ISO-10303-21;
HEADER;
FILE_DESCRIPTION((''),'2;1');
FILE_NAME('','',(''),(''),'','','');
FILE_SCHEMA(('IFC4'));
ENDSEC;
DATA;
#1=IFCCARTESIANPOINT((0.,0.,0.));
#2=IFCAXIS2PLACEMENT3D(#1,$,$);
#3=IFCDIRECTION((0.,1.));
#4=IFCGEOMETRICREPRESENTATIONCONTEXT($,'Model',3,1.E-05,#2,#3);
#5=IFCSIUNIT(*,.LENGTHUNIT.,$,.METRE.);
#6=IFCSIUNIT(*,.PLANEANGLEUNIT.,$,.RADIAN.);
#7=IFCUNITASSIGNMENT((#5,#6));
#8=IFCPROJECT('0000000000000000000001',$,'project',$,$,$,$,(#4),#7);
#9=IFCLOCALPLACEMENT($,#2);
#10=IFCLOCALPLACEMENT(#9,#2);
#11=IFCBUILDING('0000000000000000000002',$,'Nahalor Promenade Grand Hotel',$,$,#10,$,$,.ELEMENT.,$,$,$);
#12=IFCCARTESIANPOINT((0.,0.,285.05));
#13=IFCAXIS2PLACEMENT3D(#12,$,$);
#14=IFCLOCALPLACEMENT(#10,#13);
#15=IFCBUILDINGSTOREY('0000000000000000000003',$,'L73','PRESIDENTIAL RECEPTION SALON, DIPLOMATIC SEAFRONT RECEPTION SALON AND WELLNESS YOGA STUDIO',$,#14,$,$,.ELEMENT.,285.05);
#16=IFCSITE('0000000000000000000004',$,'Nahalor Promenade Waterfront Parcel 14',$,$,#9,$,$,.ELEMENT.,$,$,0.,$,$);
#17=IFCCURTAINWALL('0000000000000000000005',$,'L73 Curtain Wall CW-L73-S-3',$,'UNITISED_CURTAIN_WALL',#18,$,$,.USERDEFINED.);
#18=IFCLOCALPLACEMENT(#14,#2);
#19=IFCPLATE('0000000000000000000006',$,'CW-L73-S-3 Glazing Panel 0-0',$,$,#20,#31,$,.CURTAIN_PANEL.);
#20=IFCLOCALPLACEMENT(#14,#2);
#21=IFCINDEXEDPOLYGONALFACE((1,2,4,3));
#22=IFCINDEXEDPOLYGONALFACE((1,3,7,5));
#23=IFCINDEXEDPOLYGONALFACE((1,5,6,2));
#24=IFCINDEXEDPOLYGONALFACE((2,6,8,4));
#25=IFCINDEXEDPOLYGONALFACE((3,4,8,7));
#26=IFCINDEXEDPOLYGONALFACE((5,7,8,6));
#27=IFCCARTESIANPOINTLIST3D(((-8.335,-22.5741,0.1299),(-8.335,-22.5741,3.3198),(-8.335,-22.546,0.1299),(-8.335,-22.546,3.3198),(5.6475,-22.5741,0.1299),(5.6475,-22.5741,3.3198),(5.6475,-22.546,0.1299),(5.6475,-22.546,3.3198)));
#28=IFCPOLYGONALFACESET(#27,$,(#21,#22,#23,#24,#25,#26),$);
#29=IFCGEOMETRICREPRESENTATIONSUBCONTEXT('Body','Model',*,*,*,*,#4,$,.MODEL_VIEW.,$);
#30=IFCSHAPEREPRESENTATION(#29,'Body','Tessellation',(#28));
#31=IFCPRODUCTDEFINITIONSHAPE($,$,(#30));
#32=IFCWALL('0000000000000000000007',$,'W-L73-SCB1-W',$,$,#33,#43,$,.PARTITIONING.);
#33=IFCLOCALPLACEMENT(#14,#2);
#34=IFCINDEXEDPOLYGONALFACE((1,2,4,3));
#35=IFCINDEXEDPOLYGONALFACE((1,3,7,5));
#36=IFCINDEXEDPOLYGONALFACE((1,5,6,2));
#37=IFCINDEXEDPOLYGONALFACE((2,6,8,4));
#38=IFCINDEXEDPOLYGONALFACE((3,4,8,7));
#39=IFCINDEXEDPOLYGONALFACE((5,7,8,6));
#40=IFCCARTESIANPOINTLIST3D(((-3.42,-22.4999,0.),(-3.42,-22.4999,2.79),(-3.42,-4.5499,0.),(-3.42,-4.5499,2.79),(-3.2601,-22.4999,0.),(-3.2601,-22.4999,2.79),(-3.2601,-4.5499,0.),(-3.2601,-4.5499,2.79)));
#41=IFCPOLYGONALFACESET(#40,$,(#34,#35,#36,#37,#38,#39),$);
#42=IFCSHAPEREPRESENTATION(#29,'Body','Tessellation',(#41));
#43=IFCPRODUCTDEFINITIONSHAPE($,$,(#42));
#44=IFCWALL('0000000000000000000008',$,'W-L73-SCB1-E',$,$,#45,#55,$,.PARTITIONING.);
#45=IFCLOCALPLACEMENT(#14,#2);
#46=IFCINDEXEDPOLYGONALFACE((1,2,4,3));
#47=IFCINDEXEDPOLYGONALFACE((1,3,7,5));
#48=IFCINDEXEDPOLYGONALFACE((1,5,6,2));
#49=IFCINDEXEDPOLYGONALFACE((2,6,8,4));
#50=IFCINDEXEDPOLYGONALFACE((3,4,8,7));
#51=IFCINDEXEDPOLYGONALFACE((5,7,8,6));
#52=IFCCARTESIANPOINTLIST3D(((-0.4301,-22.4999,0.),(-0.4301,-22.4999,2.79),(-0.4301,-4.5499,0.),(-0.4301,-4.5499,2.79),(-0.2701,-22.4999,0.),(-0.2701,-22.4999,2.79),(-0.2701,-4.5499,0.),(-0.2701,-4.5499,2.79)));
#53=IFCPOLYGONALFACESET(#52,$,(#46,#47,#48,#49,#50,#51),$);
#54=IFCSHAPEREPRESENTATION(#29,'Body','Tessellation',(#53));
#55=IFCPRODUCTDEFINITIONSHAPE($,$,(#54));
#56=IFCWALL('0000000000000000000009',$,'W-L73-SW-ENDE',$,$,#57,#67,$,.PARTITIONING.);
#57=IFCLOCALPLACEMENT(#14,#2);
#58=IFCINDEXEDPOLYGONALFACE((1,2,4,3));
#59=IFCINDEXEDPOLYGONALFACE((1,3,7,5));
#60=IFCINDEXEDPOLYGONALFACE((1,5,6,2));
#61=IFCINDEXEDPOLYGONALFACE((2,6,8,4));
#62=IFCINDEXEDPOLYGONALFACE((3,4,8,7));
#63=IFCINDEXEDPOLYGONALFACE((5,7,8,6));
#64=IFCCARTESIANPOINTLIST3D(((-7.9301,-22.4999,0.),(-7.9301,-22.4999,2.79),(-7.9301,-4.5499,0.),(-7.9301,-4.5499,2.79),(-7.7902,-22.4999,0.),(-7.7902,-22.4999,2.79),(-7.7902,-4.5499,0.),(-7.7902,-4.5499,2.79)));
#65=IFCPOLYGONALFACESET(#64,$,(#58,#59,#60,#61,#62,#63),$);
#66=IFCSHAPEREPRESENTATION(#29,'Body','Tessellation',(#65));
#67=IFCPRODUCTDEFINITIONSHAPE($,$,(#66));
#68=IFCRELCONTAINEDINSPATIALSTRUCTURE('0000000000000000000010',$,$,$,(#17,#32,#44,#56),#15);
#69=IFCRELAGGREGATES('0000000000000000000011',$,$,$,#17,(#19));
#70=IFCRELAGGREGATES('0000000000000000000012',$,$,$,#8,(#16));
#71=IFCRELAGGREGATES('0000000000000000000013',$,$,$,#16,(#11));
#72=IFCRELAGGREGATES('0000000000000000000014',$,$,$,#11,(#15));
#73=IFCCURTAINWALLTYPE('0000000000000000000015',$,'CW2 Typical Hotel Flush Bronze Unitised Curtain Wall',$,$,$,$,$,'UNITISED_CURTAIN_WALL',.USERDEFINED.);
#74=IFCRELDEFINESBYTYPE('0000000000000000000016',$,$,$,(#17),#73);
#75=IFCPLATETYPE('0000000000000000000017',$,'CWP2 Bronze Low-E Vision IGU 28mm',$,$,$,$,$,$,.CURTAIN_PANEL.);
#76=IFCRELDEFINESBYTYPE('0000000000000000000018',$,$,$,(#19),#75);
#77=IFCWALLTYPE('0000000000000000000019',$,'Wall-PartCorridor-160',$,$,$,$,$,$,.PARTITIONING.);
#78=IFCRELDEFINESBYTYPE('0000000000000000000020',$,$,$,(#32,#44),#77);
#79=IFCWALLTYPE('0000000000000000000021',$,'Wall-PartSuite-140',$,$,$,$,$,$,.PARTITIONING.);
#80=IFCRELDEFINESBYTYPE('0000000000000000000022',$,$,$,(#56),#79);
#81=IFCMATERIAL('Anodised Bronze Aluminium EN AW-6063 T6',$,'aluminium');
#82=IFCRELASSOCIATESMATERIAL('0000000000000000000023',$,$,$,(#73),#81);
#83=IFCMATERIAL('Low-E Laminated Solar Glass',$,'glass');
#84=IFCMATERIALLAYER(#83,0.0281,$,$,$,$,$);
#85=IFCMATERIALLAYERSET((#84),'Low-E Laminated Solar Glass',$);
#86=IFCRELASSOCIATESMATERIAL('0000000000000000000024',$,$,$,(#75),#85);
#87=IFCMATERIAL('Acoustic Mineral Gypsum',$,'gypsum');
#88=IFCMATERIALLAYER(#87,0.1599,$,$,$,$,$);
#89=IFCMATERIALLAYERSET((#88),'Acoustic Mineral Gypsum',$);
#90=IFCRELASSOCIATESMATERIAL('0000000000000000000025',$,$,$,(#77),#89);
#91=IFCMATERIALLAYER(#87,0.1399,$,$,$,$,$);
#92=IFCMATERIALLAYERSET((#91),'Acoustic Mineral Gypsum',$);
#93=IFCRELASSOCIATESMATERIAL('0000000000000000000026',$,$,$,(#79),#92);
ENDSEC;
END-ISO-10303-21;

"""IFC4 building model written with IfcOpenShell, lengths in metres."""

from ifc_helpers import new_model, si_unit, direction, frame, frame_2d, origin, origin_2d, place, context, subcontext, project, spatial, rectangle, extrude, source, transform, mapped, material, layer, layer_set, type_object, element, aggregate, save


model = new_model("IFC4")

# Units and contexts
model_context = context("Model", 3, precision=1e-05, world=origin(), true_north=direction((0.0, 1.0)))
body_context = subcontext(model_context, "Body", "Model", "MODEL_VIEW")
ifc_project = project(units=[si_unit("LENGTHUNIT", "METRE"), si_unit("PLANEANGLEUNIT", "RADIAN")], contexts=[model_context])

# Site, building, storey
site_placement = place(None, origin())
site = spatial("IfcSite", under=ifc_project, at=site_placement, Name="Nahalor Promenade Waterfront Parcel 14", CompositionType="ELEMENT", RefElevation=0.0)
building_placement = place(site_placement, origin())
building = spatial("IfcBuilding", under=site, at=building_placement, Name="Nahalor Promenade Grand Hotel", CompositionType="ELEMENT")
storey_placement = place(building_placement, frame((0.0, 0.0, 285.05)))
storey = spatial("IfcBuildingStorey", under=building, at=storey_placement, Name="L73", Description="PRESIDENTIAL RECEPTION SALON, DIPLOMATIC SEAFRONT RECEPTION SALON AND WELLNESS YOGA STUDIO", CompositionType="ELEMENT", Elevation=285.05)

# Curtain wall, plate
ifc_material_1 = material(Name="Anodised Bronze Aluminium EN AW-6063 T6", Category="aluminium")
curtain_wall_type = type_object("IfcCurtainWallType", Name="CW2 Typical Hotel Flush Bronze Unitised Curtain Wall", ElementType="UNITISED_CURTAIN_WALL", PredefinedType="USERDEFINED", material=ifc_material_1)
curtain_wall_placement = place(storey_placement, origin())
curtain_wall = element("IfcCurtainWall", 1, at=curtain_wall_placement, inside=storey, type_object=curtain_wall_type, Name="L73 Curtain Wall CW-L73-S-3", ObjectType="UNITISED_CURTAIN_WALL", PredefinedType="USERDEFINED")
ifc_material_2 = material(Name="Low-E Laminated Solar Glass", Category="glass")
ifc_layer_1 = layer(ifc_material_2, 0.0281)
ifc_layer_set_1 = layer_set([ifc_layer_1], Name="Low-E Laminated Solar Glass")
plate_type = type_object("IfcPlateType", Name="CWP2 Bronze Low-E Vision IGU 28mm", PredefinedType="CURTAIN_PANEL", material=ifc_layer_set_1)
shared_shape_1 = source(origin(), body_context, "Body", "SweptSolid", [
    extrude(rectangle(XDim=13.9824, YDim=0.0281, at=origin_2d()), origin(), (0.0, 0.0, 1.0), 3.1899),
])
plate_placement = place(storey_placement, frame((-1.3438, -22.5601, 0.1299), z_axis=(0.0, 0.0, 1.0), x_axis=(1.0, 0.0, 0.0)))
plate = element("IfcPlate", 2, at=plate_placement, type_object=plate_type, Name="CW-L73-S-3 Glazing Panel 0-0", PredefinedType="CURTAIN_PANEL", context=body_context, shape_type="MappedRepresentation", body=[
    mapped(shared_shape_1, transform((0.0, 0.0, 0.0), scale=1.0)),
])
aggregate(curtain_wall, [plate])

# Walls
ifc_material_3 = material(Name="Acoustic Mineral Gypsum", Category="gypsum")
ifc_layer_2 = layer(ifc_material_3, 0.1599)
ifc_layer_set_2 = layer_set([ifc_layer_2], Name="Acoustic Mineral Gypsum")
wall_type_1 = type_object("IfcWallType", Name="Wall-PartCorridor-160", PredefinedType="PARTITIONING", material=ifc_layer_set_2)
shared_shape_2 = source(origin(), body_context, "Body", "SweptSolid", [
    extrude(rectangle(XDim=17.95, YDim=0.1599, at=frame_2d((8.9751, 0.0))), origin(), (0.0, 0.0, 1.0), 2.79),
])
for number, where, z_axis, x_axis, name in (
    (3, (-3.3401, -22.5, 0.0), (0.0, 0.0, 1.0), (0.0, 1.0, 0.0), "W-L73-SCB1-W"),
    (4, (-0.3501, -22.5, 0.0), (0.0, 0.0, 1.0), (0.0, 1.0, 0.0), "W-L73-SCB1-E"),
):
    element("IfcWall", number, at=place(storey_placement, frame(where, z_axis=z_axis, x_axis=x_axis)), inside=storey, type_object=wall_type_1, Name=name, PredefinedType="PARTITIONING", context=body_context, shape_type="MappedRepresentation", body=[
        mapped(shared_shape_2, transform((0.0, 0.0, 0.0), scale=1.0)),
    ])
ifc_layer_3 = layer(ifc_material_3, 0.1399)
ifc_layer_set_3 = layer_set([ifc_layer_3], Name="Acoustic Mineral Gypsum")
wall_type_2 = type_object("IfcWallType", Name="Wall-PartSuite-140", PredefinedType="PARTITIONING", material=ifc_layer_set_3)
shared_shape_3 = source(origin(), body_context, "Body", "SweptSolid", [
    extrude(rectangle(XDim=17.95, YDim=0.1399, at=frame_2d((8.9751, 0.0))), origin(), (0.0, 0.0, 1.0), 2.79),
])
wall_placement = place(storey_placement, frame((-7.8601, -22.5, 0.0), z_axis=(0.0, 0.0, 1.0), x_axis=(0.0, 1.0, 0.0)))
element("IfcWall", 5, at=wall_placement, inside=storey, type_object=wall_type_2, Name="W-L73-SW-ENDE", PredefinedType="PARTITIONING", context=body_context, shape_type="MappedRepresentation", body=[
    mapped(shared_shape_3, transform((0.0, 0.0, 0.0), scale=1.0)),
])

save(model, "model.ifc")
